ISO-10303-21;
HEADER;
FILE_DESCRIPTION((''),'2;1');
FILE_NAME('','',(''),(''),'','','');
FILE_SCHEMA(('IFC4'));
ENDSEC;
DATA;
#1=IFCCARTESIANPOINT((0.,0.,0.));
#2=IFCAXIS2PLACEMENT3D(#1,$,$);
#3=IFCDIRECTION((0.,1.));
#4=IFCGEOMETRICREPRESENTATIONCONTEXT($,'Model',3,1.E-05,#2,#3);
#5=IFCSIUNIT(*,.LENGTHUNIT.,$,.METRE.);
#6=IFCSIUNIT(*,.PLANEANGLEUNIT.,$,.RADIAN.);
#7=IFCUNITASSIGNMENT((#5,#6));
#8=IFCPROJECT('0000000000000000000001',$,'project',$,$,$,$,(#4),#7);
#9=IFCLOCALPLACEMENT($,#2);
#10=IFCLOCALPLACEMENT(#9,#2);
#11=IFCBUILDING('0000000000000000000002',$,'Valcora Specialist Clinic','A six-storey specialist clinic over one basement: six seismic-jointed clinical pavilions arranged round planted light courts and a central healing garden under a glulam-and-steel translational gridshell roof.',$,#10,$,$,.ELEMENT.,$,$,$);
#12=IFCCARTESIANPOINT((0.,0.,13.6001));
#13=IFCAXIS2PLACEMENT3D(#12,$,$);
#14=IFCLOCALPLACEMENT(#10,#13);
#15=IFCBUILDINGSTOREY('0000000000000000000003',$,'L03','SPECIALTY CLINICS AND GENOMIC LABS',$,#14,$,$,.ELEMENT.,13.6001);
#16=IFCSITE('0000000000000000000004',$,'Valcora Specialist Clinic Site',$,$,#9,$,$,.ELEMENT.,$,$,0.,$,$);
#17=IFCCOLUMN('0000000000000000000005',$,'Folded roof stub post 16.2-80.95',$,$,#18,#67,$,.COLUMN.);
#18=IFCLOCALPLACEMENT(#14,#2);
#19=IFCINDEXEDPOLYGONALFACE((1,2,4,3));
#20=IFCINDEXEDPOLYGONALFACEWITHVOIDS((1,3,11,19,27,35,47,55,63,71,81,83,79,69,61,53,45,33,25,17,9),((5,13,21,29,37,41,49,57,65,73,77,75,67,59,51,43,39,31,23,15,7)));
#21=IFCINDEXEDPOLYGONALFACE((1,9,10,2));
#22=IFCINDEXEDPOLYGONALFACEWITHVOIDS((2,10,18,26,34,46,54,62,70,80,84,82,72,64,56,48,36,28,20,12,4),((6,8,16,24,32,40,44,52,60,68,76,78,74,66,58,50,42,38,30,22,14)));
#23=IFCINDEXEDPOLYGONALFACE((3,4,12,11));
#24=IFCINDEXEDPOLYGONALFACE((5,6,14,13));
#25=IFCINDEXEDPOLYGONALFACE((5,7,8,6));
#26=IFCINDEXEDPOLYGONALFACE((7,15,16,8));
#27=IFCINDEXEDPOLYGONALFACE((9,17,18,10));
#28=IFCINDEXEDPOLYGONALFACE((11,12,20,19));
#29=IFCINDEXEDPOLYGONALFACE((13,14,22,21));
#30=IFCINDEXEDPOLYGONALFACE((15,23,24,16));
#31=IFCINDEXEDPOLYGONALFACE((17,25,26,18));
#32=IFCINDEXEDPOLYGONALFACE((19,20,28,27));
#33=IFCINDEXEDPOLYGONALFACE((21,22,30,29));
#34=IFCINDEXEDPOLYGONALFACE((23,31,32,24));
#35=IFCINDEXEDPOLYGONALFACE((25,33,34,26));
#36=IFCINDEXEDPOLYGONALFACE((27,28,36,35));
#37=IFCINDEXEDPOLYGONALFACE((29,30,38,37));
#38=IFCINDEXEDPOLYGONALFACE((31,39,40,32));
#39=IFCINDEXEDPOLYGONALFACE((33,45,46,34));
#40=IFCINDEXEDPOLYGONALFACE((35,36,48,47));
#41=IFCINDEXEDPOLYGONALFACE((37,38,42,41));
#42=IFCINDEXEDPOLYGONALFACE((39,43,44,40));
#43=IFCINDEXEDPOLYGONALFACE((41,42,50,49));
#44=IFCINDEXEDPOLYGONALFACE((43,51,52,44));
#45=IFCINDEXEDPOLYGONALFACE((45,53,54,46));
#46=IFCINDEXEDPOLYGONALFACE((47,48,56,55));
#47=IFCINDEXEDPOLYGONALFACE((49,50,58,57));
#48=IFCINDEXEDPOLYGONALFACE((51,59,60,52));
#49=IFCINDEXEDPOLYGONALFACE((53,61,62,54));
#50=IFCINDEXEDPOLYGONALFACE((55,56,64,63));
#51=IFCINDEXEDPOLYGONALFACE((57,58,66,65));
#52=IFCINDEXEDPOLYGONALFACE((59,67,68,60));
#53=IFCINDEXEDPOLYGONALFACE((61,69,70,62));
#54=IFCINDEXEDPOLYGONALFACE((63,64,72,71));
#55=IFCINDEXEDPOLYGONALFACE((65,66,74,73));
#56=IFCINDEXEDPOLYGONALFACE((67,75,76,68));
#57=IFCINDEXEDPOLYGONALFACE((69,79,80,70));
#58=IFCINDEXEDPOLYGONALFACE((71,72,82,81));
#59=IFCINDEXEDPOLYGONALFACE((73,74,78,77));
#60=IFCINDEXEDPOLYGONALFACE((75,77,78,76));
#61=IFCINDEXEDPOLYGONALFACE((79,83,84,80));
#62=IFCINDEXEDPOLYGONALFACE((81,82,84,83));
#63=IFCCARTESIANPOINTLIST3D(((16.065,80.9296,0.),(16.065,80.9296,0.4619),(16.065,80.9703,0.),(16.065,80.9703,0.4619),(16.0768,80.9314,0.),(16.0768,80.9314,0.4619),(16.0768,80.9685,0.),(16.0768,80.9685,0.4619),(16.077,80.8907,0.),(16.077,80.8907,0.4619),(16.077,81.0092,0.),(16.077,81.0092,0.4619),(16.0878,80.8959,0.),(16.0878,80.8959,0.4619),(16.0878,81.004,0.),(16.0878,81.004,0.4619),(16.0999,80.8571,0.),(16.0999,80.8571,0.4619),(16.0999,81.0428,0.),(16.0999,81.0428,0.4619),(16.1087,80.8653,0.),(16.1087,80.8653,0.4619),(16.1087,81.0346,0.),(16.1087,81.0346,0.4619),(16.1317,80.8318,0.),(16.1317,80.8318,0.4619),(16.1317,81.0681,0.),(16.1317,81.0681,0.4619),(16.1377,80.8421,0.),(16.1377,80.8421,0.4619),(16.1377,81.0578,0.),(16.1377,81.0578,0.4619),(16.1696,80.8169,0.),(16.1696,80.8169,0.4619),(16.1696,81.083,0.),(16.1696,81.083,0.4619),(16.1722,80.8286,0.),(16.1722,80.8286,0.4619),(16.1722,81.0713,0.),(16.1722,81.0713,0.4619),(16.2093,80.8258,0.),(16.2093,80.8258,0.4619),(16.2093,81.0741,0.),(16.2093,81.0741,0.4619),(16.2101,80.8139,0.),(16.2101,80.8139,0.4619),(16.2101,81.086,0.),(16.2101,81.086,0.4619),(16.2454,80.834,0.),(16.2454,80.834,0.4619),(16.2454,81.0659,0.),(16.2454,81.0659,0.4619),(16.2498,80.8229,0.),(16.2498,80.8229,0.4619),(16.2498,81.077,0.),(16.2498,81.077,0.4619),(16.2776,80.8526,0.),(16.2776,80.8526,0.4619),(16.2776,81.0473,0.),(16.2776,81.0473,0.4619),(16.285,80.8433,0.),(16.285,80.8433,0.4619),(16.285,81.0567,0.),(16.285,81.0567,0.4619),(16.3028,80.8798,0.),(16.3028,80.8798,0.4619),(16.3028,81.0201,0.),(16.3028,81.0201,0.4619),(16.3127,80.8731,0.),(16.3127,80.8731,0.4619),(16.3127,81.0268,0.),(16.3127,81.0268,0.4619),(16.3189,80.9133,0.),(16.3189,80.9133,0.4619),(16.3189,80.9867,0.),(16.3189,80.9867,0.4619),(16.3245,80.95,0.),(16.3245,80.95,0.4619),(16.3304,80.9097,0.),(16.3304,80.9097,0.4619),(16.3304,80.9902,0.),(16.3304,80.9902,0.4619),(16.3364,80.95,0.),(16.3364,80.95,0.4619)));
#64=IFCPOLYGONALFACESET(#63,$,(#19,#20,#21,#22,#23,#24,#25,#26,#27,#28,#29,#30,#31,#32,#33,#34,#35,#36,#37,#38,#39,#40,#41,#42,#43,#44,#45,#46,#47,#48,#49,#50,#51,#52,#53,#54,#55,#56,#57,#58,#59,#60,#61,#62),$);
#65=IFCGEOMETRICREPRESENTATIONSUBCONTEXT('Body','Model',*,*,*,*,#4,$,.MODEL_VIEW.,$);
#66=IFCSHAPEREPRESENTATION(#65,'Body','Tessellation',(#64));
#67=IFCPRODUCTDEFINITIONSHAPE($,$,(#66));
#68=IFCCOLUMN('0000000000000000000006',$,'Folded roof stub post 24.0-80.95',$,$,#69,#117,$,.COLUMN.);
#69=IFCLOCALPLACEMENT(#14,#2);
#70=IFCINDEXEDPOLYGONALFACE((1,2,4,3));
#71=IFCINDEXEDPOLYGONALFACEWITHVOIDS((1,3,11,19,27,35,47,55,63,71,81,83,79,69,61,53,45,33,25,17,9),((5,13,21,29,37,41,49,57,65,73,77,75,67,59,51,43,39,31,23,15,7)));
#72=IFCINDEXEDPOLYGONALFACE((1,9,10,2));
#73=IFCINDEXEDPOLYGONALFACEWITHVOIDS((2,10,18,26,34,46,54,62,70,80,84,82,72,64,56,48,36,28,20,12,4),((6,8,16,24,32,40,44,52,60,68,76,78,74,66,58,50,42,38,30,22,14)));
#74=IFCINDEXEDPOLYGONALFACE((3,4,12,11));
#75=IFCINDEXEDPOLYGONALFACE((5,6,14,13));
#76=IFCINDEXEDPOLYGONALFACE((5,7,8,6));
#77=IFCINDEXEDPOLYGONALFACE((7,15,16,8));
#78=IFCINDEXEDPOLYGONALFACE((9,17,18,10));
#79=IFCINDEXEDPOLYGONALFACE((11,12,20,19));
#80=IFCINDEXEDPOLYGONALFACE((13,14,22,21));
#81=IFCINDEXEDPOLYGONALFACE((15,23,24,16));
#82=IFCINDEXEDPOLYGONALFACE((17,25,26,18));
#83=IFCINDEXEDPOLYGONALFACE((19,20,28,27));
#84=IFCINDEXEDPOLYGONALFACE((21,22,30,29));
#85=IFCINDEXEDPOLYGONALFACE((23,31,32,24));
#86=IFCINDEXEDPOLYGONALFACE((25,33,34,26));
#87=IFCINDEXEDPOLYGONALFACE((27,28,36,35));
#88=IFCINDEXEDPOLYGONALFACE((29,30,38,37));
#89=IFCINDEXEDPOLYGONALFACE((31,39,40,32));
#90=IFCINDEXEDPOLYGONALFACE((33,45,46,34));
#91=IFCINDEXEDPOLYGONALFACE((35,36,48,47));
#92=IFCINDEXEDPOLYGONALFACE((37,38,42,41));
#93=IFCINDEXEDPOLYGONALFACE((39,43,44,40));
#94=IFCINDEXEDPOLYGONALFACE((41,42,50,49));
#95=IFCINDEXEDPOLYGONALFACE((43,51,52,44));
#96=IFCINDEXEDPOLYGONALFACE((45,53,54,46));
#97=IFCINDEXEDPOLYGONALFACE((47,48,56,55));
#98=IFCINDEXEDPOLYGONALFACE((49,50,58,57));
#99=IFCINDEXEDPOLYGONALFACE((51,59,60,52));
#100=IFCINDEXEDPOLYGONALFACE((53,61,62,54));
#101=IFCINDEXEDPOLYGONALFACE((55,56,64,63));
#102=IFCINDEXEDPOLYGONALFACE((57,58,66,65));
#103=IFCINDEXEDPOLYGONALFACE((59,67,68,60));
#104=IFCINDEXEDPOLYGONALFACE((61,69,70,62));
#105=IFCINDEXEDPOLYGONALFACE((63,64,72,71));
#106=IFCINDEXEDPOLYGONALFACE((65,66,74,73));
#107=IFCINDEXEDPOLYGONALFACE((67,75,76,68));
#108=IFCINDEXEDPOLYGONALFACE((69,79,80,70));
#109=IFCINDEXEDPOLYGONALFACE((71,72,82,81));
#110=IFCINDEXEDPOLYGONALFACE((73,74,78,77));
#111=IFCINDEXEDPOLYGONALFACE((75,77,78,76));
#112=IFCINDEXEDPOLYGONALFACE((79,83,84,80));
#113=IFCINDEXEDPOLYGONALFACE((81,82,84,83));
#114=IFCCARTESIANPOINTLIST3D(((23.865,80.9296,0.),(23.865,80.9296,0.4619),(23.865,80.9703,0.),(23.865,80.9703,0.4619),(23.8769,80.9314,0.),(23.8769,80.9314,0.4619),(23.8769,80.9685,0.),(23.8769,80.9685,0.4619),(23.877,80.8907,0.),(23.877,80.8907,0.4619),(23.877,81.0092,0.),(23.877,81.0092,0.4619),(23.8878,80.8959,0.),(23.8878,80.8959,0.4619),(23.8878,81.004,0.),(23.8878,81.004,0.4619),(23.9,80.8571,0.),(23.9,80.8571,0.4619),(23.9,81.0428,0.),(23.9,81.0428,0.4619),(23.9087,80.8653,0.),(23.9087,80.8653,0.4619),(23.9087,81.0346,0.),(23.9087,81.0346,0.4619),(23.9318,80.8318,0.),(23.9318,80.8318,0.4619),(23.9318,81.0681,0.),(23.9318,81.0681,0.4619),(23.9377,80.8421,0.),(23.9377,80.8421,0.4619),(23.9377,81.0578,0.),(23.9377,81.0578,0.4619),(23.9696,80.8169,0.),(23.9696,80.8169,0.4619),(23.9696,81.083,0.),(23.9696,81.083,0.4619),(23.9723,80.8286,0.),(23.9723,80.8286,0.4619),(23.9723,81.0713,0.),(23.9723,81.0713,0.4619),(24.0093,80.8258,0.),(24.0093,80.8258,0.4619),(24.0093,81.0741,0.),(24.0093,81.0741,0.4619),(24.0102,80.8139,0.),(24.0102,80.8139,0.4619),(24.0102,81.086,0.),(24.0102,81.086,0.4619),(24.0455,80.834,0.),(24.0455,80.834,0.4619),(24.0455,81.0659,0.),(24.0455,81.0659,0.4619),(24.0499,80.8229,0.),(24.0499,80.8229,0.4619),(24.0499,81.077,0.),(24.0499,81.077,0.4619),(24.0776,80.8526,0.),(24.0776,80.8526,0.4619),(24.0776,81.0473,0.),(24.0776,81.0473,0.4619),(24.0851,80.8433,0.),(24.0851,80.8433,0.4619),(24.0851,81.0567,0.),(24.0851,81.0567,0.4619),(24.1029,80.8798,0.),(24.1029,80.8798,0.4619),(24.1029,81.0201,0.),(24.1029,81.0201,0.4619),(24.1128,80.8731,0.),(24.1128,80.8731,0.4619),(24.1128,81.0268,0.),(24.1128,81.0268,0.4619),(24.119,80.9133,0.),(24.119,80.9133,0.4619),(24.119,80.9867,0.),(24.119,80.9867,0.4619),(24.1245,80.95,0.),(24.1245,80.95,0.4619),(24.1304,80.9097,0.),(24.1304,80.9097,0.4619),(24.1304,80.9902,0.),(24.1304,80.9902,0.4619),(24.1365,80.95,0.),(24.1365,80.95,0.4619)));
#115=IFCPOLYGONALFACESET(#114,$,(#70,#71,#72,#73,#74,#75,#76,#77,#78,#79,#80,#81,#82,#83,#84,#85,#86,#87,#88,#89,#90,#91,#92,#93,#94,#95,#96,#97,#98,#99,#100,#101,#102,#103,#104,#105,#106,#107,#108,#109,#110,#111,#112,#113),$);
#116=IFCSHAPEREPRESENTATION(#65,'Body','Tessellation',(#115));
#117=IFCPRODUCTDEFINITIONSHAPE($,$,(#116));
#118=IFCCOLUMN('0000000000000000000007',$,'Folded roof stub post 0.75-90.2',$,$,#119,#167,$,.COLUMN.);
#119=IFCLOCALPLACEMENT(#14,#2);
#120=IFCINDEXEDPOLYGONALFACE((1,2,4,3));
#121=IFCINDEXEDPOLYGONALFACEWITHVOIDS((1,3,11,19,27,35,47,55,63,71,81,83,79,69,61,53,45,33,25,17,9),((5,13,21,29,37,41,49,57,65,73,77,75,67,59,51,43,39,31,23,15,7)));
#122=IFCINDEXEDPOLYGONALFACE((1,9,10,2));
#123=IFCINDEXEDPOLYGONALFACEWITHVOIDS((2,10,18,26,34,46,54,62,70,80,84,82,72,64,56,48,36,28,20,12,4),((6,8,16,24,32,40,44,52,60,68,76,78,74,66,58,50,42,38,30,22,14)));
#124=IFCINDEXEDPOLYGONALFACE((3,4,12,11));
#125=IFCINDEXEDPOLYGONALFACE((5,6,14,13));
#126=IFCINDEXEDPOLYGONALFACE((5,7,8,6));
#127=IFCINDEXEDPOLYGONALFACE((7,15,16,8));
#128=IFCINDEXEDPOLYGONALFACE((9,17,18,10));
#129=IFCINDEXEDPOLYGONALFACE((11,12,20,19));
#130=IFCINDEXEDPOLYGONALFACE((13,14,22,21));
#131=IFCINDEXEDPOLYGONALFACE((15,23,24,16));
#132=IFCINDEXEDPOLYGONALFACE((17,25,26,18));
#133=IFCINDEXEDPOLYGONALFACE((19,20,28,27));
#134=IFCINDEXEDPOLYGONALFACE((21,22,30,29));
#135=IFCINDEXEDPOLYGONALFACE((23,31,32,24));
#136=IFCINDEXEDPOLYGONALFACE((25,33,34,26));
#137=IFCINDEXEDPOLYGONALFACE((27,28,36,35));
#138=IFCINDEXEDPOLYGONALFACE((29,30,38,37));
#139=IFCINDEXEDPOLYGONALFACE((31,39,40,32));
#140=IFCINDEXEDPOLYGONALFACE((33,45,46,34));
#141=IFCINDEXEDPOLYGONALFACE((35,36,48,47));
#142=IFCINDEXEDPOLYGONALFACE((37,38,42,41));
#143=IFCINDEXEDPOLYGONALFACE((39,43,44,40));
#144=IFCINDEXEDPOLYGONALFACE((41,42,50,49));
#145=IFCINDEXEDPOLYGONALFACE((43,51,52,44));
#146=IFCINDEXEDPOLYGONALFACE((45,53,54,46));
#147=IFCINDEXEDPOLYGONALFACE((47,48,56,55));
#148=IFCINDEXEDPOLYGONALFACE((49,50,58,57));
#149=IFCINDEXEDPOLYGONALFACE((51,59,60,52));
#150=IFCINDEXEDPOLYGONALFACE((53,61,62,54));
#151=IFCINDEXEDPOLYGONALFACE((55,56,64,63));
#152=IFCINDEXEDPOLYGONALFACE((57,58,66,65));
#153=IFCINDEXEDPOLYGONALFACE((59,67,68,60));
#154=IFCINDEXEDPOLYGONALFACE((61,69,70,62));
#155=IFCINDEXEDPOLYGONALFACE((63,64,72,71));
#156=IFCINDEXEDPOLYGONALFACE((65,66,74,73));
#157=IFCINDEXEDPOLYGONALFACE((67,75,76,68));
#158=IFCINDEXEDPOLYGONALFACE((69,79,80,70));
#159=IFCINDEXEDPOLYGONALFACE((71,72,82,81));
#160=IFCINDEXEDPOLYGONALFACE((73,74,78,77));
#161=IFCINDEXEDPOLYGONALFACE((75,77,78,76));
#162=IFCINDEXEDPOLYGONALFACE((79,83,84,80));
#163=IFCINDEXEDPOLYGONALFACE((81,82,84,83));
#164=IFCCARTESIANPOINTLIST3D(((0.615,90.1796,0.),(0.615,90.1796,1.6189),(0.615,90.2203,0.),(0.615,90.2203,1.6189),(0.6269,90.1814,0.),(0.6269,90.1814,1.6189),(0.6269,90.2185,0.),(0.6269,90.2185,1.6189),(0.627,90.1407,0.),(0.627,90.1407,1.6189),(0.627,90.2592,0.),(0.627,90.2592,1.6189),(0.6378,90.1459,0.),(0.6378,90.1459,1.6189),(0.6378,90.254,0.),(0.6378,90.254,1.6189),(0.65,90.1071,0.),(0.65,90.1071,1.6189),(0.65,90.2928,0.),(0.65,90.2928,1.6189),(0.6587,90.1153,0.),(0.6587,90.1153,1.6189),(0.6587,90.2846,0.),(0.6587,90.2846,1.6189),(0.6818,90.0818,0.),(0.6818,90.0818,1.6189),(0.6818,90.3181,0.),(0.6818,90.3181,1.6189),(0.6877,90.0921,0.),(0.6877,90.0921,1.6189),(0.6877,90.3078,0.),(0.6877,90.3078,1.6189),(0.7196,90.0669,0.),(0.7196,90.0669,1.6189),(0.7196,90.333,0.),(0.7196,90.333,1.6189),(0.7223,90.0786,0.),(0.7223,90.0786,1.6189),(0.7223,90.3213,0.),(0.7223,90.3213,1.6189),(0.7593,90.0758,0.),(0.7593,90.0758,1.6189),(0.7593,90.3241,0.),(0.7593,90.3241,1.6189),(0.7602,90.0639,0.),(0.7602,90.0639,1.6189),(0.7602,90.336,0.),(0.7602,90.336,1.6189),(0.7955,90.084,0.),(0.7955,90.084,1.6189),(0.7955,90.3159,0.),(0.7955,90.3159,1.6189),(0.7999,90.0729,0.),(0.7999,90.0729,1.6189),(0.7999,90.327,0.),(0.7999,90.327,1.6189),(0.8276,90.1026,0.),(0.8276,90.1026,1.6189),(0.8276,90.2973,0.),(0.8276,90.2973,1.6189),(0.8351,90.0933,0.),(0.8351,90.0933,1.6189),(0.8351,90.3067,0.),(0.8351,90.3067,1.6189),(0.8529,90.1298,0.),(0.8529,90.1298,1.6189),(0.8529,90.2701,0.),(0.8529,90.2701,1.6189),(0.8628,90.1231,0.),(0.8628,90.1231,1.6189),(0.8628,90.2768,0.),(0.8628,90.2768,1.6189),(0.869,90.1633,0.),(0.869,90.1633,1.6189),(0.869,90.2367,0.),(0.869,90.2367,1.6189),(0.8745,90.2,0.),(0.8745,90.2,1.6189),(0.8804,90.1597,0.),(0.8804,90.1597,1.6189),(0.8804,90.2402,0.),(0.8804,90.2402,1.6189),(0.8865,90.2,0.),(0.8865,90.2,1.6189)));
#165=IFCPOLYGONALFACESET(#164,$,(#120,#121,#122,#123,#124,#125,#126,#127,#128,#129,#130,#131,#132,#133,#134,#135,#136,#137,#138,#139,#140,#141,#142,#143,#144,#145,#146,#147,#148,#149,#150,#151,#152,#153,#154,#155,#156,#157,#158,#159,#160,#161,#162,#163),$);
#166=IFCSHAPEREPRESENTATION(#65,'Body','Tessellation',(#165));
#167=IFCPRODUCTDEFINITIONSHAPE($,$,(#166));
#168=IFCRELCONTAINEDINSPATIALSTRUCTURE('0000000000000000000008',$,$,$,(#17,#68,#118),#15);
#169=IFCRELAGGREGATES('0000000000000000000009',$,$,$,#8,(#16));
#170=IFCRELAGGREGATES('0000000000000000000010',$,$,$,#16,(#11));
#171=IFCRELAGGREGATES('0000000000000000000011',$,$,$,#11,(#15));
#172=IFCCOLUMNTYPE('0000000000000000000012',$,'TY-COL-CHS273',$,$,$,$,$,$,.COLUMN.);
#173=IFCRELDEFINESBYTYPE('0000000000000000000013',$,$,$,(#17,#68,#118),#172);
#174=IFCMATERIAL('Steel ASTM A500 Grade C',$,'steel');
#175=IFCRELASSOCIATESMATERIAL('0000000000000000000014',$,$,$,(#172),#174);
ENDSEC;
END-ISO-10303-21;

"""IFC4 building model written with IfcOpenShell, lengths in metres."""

from ifc_helpers import new_model, si_unit, direction, frame, origin, origin_2d, place, context, subcontext, project, spatial, hollow_circle, extrude, material, material_profile, profile_set, type_object, element, save


model = new_model("IFC4")

# Units and contexts
model_context = context("Model", 3, precision=1e-05, world=origin(), true_north=direction((0.0, 1.0)))
body_context = subcontext(model_context, "Body", "Model", "MODEL_VIEW")
ifc_project = project(units=[si_unit("LENGTHUNIT", "METRE"), si_unit("PLANEANGLEUNIT", "RADIAN")], contexts=[model_context])

# Site, building, storey
site_placement = place(None, origin())
site = spatial("IfcSite", under=ifc_project, at=site_placement, Name="Valcora Specialist Clinic Site", CompositionType="ELEMENT", RefElevation=0.0)
building_placement = place(site_placement, origin())
building = spatial("IfcBuilding", under=site, at=building_placement, Name="Valcora Specialist Clinic", Description="A six-storey specialist clinic over one basement: six seismic-jointed clinical pavilions arranged round planted light courts and a central healing garden under a glulam-and-steel translational gridshell roof.", CompositionType="ELEMENT")
storey_placement = place(building_placement, frame((0.0, 0.0, 13.6001)))
storey = spatial("IfcBuildingStorey", under=building, at=storey_placement, Name="L03", Description="SPECIALTY CLINICS AND GENOMIC LABS", CompositionType="ELEMENT", Elevation=13.6001)

# Columns
ifc_material_1 = material(Name="Steel ASTM A500 Grade C", Category="steel")
ifc_material_profile_1 = material_profile(ifc_material_1, hollow_circle(Radius=0.1365, WallThickness=0.012, at=origin_2d()), Name="ST-CHS-273X12")
ifc_profile_set_1 = profile_set([ifc_material_profile_1], Name="Steel ASTM A500 Grade C")
column_type = type_object("IfcColumnType", Name="TY-COL-CHS273", PredefinedType="COLUMN", material=ifc_profile_set_1)
for number, where, z_axis, x_axis, name in (
    (1, (16.2, 80.95, 0.0), (0.0, 0.0, 1.0), (1.0, 0.0, 0.0), "Folded roof stub post 16.2-80.95"),
    (2, (24.0, 80.95, 0.0), (0.0, 0.0, 1.0), (1.0, 0.0, 0.0), "Folded roof stub post 24.0-80.95"),
):
    element("IfcColumn", number, at=place(storey_placement, frame(where, z_axis=z_axis, x_axis=x_axis)), inside=storey, type_object=column_type, Name=name, PredefinedType="COLUMN", context=body_context, shape_type="SweptSolid", body=[
        extrude(hollow_circle(Radius=0.1365, WallThickness=0.012, at=origin_2d()), origin(), (0.0, 0.0, 1.0), 0.4619),
    ])
for number, where, z_axis, x_axis, name in (
    (3, (0.75, 90.2, 0.0), (0.0, 0.0, 1.0), (1.0, 0.0, 0.0), "Folded roof stub post 0.75-90.2"),
):
    element("IfcColumn", number, at=place(storey_placement, frame(where, z_axis=z_axis, x_axis=x_axis)), inside=storey, type_object=column_type, Name=name, PredefinedType="COLUMN", context=body_context, shape_type="SweptSolid", body=[
        extrude(hollow_circle(Radius=0.1365, WallThickness=0.012, at=origin_2d()), origin(), (0.0, 0.0, 1.0), 1.6189),
    ])

save(model, "model.ifc")
